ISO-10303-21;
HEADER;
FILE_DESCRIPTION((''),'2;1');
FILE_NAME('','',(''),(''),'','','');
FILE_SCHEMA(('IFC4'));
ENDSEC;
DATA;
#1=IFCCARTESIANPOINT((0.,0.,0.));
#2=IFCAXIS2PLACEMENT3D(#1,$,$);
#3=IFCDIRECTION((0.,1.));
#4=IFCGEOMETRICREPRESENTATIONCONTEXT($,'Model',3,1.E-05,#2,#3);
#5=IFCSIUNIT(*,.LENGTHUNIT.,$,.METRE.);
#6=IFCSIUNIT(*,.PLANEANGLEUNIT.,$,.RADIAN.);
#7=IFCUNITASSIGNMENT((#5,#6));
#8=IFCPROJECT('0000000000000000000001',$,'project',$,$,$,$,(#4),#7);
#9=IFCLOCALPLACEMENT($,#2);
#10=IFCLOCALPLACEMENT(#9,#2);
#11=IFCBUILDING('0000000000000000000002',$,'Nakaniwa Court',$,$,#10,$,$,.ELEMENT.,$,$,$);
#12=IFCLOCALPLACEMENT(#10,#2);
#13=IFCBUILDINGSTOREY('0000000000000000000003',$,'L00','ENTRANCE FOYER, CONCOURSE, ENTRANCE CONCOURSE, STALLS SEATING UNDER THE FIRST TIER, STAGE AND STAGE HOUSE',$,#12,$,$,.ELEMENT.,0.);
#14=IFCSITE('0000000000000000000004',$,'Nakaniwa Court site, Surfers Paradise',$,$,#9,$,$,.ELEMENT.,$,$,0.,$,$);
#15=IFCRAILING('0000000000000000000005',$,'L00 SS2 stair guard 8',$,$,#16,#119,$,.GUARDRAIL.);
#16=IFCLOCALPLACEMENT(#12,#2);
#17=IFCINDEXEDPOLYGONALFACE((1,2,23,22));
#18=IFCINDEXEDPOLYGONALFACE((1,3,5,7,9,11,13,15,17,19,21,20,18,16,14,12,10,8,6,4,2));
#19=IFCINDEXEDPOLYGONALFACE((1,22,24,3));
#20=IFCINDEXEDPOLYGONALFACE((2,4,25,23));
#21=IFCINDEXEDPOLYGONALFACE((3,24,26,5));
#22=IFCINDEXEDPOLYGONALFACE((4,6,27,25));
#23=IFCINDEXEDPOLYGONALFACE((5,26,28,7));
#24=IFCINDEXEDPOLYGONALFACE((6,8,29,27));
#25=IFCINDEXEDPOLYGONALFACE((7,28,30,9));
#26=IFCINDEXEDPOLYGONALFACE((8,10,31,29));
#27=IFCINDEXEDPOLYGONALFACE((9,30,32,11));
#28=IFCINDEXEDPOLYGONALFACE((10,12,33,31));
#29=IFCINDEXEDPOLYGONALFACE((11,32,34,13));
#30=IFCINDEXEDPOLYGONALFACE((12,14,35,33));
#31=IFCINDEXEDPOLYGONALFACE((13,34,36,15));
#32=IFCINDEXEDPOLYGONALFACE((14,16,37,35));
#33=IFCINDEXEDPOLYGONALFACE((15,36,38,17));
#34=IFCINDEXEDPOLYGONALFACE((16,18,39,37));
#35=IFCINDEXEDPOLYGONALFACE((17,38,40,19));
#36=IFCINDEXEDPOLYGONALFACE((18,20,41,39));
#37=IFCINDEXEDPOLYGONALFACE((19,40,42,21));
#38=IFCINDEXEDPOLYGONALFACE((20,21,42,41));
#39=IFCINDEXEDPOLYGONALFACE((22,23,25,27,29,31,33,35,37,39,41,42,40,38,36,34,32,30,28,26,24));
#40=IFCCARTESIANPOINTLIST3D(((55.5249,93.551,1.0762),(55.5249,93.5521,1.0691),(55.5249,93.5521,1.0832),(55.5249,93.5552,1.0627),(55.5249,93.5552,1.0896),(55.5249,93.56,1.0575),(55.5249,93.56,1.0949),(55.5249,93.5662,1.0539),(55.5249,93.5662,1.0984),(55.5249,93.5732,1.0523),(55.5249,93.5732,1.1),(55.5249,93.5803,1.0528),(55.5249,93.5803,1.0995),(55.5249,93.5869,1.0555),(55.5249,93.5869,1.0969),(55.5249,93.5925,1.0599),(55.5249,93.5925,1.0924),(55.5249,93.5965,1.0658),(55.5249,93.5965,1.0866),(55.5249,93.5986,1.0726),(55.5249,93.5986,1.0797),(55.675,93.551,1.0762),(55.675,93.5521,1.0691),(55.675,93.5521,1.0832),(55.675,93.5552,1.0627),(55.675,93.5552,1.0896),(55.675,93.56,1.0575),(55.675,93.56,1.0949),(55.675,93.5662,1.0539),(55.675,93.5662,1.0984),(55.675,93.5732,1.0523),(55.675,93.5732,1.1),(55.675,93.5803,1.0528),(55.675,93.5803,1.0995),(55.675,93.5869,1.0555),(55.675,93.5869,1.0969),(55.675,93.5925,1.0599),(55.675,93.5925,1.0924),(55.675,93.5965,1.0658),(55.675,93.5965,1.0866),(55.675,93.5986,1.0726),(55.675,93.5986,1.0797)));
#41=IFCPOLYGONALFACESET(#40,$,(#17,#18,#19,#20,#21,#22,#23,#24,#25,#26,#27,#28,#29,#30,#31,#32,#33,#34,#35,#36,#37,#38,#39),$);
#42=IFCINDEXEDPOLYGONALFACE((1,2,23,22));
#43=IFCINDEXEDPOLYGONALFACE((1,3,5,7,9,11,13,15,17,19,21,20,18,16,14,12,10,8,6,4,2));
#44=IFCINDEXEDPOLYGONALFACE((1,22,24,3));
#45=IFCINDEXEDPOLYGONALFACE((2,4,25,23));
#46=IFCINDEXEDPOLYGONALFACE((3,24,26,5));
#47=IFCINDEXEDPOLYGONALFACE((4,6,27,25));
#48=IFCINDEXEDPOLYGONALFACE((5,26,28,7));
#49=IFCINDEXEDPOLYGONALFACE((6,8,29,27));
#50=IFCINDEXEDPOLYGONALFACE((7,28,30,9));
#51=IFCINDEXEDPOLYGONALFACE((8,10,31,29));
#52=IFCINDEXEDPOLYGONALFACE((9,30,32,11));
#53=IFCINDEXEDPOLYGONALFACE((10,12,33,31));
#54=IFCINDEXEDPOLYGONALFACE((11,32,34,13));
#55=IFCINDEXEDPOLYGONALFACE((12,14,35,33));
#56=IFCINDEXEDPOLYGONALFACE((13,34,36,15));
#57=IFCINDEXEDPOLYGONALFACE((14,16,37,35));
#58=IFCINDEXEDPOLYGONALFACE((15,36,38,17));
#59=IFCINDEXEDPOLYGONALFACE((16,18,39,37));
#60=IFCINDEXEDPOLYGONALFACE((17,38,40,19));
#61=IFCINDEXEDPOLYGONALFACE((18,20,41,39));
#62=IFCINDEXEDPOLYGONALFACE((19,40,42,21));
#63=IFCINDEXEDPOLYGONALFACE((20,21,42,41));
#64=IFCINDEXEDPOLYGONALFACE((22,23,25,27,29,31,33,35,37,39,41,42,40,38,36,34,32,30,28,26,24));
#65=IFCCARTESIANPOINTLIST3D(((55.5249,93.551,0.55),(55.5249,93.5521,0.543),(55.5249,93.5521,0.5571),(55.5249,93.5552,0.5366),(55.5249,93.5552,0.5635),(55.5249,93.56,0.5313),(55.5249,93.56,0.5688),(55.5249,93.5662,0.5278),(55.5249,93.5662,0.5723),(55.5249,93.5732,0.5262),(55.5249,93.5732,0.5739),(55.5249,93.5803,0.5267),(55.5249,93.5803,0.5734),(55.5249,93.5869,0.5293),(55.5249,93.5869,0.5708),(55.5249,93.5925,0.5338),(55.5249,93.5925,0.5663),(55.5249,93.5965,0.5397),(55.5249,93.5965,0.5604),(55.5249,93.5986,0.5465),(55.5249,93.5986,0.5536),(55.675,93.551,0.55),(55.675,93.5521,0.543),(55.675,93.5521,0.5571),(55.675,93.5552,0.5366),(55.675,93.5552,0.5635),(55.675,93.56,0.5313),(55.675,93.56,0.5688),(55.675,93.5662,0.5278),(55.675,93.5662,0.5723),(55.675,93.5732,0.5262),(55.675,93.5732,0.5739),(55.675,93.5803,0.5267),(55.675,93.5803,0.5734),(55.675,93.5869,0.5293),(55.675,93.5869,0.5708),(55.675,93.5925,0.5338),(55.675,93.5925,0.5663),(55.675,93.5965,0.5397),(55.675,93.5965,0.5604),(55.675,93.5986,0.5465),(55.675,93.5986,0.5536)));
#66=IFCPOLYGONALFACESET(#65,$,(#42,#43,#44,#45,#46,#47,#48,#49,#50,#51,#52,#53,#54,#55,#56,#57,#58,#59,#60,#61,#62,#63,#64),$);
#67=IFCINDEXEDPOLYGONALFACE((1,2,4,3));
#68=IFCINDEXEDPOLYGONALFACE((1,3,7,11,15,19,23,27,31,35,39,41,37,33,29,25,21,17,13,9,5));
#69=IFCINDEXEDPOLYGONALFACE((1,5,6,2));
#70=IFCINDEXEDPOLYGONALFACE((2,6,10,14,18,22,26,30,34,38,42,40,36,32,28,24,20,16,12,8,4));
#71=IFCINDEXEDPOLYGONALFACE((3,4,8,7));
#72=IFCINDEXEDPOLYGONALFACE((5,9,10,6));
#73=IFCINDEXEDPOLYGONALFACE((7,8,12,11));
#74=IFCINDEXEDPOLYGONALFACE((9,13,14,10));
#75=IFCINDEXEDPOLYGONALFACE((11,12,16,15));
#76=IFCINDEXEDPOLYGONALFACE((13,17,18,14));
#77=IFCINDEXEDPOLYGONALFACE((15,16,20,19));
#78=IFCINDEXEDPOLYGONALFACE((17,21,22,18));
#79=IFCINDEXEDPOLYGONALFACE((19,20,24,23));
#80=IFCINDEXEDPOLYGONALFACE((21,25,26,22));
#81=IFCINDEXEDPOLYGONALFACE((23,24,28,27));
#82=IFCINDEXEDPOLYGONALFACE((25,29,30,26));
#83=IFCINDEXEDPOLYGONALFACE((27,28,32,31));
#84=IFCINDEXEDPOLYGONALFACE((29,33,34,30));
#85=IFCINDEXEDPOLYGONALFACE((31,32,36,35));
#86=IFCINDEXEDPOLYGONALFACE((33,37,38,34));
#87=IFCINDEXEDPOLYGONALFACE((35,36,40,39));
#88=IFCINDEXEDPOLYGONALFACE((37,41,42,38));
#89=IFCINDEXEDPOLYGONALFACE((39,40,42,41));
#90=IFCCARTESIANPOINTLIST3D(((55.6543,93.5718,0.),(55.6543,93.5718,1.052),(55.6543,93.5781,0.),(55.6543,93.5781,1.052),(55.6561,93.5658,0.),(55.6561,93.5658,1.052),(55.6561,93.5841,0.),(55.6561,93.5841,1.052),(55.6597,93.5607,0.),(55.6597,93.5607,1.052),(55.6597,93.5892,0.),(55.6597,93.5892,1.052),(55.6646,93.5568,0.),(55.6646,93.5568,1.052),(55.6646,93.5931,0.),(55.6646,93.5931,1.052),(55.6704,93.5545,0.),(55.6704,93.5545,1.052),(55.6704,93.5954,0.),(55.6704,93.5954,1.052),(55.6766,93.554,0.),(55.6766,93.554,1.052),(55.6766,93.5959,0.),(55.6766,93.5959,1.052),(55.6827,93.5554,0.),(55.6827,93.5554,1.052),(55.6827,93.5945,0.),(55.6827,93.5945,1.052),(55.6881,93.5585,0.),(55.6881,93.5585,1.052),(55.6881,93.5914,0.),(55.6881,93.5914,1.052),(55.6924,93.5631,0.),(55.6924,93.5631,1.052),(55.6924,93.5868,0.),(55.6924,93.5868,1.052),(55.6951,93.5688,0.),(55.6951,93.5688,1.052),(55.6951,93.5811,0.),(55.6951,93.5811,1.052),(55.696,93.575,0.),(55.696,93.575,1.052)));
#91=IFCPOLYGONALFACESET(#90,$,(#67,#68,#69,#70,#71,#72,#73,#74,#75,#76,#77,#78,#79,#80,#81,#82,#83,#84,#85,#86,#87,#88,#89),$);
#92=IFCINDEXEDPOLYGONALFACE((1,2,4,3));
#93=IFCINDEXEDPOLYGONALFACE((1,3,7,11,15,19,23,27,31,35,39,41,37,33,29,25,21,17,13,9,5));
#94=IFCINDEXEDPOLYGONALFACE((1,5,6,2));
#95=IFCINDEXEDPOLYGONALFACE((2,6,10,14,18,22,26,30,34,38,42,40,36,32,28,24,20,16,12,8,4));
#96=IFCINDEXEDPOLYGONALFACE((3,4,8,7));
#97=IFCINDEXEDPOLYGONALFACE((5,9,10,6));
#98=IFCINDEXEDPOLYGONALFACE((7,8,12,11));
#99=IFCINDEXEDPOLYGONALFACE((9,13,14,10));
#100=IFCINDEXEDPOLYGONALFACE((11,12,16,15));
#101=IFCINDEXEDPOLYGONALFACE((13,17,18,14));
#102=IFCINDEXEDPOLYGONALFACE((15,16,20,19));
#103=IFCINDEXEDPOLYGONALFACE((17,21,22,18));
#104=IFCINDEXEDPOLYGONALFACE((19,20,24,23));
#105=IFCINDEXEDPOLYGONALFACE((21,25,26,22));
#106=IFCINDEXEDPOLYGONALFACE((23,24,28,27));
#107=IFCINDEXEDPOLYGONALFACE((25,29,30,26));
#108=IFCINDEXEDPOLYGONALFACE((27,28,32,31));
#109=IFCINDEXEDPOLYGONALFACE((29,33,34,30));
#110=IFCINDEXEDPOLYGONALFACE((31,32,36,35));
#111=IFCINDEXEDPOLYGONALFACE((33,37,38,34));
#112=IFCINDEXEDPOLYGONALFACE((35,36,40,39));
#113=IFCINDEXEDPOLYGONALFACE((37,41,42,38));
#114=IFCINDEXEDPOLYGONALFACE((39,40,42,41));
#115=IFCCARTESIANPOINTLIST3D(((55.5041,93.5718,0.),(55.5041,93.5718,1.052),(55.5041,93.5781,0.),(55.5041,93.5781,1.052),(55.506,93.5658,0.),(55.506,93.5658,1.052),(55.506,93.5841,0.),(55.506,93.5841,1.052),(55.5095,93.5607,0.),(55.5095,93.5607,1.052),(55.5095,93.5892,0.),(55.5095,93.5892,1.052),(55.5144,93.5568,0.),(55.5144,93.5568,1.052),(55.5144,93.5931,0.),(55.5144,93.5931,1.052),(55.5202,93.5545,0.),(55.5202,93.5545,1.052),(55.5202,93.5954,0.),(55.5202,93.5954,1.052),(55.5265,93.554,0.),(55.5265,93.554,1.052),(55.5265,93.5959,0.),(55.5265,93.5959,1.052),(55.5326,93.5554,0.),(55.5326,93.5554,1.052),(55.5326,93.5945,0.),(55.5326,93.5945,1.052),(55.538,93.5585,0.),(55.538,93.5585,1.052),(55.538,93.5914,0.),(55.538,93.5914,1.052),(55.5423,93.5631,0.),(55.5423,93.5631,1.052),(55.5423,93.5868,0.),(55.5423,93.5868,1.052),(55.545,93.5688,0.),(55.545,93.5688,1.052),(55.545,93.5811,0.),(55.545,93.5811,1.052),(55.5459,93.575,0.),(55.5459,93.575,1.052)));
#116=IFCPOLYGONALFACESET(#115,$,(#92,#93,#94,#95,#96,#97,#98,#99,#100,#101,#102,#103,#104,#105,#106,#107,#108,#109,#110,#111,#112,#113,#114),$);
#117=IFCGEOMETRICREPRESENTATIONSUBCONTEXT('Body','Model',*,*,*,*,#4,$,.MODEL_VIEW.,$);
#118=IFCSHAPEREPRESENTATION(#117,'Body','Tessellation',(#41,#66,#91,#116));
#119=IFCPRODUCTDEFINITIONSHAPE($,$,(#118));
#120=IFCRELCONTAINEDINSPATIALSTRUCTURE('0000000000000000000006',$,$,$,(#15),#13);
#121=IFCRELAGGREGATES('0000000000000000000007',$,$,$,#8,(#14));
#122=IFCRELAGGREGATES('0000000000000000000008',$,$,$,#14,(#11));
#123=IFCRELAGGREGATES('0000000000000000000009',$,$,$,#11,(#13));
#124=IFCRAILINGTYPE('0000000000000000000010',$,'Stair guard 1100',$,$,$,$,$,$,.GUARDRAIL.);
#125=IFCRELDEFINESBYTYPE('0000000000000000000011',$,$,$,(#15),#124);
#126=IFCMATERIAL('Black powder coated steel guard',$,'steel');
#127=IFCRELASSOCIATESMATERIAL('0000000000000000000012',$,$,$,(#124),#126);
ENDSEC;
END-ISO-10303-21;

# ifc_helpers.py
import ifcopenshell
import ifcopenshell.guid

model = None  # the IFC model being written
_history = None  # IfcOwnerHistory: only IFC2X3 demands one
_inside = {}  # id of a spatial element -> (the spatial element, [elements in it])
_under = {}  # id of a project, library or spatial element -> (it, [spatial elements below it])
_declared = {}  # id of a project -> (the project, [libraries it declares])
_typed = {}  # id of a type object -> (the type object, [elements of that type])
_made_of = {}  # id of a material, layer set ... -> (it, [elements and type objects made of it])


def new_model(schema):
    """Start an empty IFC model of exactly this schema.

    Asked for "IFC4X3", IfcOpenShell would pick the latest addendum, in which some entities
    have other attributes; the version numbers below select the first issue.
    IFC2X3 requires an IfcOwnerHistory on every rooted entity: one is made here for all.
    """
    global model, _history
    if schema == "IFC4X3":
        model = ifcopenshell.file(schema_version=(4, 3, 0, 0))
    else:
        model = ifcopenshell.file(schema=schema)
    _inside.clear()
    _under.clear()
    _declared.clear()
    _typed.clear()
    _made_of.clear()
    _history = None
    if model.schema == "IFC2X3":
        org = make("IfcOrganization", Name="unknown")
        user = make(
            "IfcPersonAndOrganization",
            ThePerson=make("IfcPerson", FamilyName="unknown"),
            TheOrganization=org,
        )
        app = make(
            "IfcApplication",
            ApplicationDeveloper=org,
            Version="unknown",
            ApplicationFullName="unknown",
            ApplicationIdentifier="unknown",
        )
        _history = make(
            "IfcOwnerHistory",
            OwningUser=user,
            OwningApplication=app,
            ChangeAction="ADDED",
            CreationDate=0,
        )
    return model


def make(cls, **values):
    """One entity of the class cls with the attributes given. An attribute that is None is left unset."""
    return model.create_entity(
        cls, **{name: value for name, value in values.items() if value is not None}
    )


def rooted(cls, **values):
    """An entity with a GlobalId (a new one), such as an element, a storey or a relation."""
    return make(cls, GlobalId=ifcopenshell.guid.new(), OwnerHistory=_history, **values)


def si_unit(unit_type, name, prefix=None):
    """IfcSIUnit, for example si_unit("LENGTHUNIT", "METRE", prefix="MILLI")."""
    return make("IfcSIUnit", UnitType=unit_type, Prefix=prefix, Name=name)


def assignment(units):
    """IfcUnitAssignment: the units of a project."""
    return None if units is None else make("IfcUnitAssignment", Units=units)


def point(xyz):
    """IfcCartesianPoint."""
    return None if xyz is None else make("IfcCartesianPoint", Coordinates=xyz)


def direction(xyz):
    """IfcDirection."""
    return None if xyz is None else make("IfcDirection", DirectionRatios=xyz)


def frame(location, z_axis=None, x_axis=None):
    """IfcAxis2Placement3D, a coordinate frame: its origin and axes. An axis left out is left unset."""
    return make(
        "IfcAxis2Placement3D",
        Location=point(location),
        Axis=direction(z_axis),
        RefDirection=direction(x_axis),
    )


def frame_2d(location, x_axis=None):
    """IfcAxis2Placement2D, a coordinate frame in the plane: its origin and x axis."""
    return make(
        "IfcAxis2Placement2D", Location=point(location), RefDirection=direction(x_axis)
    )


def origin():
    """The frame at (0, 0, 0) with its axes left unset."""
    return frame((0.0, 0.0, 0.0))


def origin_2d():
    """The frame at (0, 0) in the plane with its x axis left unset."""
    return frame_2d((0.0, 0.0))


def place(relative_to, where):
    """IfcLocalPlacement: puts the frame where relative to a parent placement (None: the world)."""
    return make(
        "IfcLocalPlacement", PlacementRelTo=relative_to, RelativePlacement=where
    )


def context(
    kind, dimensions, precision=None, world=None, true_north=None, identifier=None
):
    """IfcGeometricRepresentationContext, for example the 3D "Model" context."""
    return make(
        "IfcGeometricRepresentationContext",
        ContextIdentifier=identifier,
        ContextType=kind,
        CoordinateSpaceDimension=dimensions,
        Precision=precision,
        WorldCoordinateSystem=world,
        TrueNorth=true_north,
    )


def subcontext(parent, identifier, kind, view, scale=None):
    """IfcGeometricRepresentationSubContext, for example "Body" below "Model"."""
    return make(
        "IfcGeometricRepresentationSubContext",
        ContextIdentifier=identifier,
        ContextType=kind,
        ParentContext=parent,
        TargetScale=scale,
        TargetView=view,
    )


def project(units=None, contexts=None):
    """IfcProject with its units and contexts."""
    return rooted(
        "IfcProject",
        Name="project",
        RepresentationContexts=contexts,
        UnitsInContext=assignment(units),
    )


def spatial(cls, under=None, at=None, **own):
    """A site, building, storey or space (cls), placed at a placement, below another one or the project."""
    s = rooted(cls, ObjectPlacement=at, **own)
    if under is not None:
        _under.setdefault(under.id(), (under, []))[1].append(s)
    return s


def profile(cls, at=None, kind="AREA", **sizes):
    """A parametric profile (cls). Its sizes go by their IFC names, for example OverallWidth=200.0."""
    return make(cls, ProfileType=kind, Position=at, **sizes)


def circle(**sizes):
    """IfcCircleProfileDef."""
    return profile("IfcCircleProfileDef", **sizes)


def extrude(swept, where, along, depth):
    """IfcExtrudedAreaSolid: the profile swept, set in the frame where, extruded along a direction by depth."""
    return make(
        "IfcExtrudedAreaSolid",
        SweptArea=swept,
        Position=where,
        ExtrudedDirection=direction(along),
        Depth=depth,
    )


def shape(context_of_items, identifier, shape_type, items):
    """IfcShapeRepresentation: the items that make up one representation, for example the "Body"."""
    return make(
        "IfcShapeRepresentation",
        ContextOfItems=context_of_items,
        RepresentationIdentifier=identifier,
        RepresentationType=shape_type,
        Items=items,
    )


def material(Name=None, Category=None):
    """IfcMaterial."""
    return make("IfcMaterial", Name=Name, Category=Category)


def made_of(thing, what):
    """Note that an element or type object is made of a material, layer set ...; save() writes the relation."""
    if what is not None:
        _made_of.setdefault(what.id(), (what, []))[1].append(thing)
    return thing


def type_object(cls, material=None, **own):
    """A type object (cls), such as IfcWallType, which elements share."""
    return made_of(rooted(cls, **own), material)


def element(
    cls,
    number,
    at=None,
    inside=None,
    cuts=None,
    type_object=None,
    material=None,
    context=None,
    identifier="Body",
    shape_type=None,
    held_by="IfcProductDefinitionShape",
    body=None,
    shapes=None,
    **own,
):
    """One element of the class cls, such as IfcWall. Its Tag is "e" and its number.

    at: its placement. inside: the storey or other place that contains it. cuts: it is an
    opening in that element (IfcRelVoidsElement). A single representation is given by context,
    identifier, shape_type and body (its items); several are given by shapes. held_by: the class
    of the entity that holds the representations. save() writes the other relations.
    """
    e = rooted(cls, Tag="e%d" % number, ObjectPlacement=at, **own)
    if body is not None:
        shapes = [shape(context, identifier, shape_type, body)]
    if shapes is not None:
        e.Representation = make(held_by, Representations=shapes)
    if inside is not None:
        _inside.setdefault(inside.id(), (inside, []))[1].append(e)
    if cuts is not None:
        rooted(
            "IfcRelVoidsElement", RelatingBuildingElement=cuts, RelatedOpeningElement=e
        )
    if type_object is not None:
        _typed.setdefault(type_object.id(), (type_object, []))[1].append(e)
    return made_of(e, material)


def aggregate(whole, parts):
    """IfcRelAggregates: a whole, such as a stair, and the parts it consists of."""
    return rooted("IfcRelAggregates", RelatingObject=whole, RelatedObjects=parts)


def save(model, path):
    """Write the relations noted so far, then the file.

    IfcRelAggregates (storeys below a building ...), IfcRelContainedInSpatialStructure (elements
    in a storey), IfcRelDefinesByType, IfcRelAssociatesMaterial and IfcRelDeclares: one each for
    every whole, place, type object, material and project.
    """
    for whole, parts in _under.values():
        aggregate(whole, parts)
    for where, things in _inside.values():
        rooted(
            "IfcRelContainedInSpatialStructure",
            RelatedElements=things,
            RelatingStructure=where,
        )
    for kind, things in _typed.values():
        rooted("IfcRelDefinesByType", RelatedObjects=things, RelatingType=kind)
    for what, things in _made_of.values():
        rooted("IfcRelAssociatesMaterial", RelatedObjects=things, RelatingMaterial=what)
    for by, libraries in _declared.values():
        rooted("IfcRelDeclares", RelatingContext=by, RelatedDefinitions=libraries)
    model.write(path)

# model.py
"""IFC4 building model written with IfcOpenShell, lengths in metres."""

from ifc_helpers import new_model, si_unit, direction, frame, origin, origin_2d, place, context, subcontext, project, spatial, circle, extrude, material, type_object, element, save


model = new_model("IFC4")

# Units and contexts
model_context = context("Model", 3, precision=1e-05, world=origin(), true_north=direction((0.0, 1.0)))
body_context = subcontext(model_context, "Body", "Model", "MODEL_VIEW")
ifc_project = project(units=[si_unit("LENGTHUNIT", "METRE"), si_unit("PLANEANGLEUNIT", "RADIAN")], contexts=[model_context])

# Site, building, storey
site_placement = place(None, origin())
site = spatial("IfcSite", under=ifc_project, at=site_placement, Name="Nakaniwa Court site, Surfers Paradise", CompositionType="ELEMENT", RefElevation=0.0)
building_placement = place(site_placement, origin())
building = spatial("IfcBuilding", under=site, at=building_placement, Name="Nakaniwa Court", CompositionType="ELEMENT")
storey_placement = place(building_placement, origin())
storey = spatial("IfcBuildingStorey", under=building, at=storey_placement, Name="L00", Description="ENTRANCE FOYER, CONCOURSE, ENTRANCE CONCOURSE, STALLS SEATING UNDER THE FIRST TIER, STAGE AND STAGE HOUSE", CompositionType="ELEMENT", Elevation=0.0)

# Railing
ifc_material_1 = material(Name="Black powder coated steel guard", Category="steel")
railing_type = type_object("IfcRailingType", Name="Stair guard 1100", PredefinedType="GUARDRAIL", material=ifc_material_1)
railing_1_placement = place(storey_placement, frame((55.675, 93.575, 0.0)))
element("IfcRailing", 1, at=railing_1_placement, inside=storey, type_object=railing_type, Name="L00 SS2 stair guard 8", PredefinedType="GUARDRAIL", context=body_context, shape_type="SweptSolid", body=[
    extrude(circle(Radius=0.0239, at=origin_2d()), frame((0.0, 0.0, 1.0762), z_axis=(-1.0, 0.0, 0.0), x_axis=(0.0, -1.0, 0.0)), (0.0, 0.0, 1.0), 0.1501),
    extrude(circle(Radius=0.0239, at=origin_2d()), frame((0.0, 0.0, 0.55), z_axis=(-1.0, 0.0, 0.0), x_axis=(0.0, -1.0, 0.0)), (0.0, 0.0, 1.0), 0.1501),
    extrude(circle(Radius=0.021, at=origin_2d()), origin(), (0.0, 0.0, 1.0), 1.052),
    extrude(circle(Radius=0.021, at=origin_2d()), frame((-0.1501, 0.0, 0.0)), (0.0, 0.0, 1.0), 1.052),
])

save(model, "model.ifc")
